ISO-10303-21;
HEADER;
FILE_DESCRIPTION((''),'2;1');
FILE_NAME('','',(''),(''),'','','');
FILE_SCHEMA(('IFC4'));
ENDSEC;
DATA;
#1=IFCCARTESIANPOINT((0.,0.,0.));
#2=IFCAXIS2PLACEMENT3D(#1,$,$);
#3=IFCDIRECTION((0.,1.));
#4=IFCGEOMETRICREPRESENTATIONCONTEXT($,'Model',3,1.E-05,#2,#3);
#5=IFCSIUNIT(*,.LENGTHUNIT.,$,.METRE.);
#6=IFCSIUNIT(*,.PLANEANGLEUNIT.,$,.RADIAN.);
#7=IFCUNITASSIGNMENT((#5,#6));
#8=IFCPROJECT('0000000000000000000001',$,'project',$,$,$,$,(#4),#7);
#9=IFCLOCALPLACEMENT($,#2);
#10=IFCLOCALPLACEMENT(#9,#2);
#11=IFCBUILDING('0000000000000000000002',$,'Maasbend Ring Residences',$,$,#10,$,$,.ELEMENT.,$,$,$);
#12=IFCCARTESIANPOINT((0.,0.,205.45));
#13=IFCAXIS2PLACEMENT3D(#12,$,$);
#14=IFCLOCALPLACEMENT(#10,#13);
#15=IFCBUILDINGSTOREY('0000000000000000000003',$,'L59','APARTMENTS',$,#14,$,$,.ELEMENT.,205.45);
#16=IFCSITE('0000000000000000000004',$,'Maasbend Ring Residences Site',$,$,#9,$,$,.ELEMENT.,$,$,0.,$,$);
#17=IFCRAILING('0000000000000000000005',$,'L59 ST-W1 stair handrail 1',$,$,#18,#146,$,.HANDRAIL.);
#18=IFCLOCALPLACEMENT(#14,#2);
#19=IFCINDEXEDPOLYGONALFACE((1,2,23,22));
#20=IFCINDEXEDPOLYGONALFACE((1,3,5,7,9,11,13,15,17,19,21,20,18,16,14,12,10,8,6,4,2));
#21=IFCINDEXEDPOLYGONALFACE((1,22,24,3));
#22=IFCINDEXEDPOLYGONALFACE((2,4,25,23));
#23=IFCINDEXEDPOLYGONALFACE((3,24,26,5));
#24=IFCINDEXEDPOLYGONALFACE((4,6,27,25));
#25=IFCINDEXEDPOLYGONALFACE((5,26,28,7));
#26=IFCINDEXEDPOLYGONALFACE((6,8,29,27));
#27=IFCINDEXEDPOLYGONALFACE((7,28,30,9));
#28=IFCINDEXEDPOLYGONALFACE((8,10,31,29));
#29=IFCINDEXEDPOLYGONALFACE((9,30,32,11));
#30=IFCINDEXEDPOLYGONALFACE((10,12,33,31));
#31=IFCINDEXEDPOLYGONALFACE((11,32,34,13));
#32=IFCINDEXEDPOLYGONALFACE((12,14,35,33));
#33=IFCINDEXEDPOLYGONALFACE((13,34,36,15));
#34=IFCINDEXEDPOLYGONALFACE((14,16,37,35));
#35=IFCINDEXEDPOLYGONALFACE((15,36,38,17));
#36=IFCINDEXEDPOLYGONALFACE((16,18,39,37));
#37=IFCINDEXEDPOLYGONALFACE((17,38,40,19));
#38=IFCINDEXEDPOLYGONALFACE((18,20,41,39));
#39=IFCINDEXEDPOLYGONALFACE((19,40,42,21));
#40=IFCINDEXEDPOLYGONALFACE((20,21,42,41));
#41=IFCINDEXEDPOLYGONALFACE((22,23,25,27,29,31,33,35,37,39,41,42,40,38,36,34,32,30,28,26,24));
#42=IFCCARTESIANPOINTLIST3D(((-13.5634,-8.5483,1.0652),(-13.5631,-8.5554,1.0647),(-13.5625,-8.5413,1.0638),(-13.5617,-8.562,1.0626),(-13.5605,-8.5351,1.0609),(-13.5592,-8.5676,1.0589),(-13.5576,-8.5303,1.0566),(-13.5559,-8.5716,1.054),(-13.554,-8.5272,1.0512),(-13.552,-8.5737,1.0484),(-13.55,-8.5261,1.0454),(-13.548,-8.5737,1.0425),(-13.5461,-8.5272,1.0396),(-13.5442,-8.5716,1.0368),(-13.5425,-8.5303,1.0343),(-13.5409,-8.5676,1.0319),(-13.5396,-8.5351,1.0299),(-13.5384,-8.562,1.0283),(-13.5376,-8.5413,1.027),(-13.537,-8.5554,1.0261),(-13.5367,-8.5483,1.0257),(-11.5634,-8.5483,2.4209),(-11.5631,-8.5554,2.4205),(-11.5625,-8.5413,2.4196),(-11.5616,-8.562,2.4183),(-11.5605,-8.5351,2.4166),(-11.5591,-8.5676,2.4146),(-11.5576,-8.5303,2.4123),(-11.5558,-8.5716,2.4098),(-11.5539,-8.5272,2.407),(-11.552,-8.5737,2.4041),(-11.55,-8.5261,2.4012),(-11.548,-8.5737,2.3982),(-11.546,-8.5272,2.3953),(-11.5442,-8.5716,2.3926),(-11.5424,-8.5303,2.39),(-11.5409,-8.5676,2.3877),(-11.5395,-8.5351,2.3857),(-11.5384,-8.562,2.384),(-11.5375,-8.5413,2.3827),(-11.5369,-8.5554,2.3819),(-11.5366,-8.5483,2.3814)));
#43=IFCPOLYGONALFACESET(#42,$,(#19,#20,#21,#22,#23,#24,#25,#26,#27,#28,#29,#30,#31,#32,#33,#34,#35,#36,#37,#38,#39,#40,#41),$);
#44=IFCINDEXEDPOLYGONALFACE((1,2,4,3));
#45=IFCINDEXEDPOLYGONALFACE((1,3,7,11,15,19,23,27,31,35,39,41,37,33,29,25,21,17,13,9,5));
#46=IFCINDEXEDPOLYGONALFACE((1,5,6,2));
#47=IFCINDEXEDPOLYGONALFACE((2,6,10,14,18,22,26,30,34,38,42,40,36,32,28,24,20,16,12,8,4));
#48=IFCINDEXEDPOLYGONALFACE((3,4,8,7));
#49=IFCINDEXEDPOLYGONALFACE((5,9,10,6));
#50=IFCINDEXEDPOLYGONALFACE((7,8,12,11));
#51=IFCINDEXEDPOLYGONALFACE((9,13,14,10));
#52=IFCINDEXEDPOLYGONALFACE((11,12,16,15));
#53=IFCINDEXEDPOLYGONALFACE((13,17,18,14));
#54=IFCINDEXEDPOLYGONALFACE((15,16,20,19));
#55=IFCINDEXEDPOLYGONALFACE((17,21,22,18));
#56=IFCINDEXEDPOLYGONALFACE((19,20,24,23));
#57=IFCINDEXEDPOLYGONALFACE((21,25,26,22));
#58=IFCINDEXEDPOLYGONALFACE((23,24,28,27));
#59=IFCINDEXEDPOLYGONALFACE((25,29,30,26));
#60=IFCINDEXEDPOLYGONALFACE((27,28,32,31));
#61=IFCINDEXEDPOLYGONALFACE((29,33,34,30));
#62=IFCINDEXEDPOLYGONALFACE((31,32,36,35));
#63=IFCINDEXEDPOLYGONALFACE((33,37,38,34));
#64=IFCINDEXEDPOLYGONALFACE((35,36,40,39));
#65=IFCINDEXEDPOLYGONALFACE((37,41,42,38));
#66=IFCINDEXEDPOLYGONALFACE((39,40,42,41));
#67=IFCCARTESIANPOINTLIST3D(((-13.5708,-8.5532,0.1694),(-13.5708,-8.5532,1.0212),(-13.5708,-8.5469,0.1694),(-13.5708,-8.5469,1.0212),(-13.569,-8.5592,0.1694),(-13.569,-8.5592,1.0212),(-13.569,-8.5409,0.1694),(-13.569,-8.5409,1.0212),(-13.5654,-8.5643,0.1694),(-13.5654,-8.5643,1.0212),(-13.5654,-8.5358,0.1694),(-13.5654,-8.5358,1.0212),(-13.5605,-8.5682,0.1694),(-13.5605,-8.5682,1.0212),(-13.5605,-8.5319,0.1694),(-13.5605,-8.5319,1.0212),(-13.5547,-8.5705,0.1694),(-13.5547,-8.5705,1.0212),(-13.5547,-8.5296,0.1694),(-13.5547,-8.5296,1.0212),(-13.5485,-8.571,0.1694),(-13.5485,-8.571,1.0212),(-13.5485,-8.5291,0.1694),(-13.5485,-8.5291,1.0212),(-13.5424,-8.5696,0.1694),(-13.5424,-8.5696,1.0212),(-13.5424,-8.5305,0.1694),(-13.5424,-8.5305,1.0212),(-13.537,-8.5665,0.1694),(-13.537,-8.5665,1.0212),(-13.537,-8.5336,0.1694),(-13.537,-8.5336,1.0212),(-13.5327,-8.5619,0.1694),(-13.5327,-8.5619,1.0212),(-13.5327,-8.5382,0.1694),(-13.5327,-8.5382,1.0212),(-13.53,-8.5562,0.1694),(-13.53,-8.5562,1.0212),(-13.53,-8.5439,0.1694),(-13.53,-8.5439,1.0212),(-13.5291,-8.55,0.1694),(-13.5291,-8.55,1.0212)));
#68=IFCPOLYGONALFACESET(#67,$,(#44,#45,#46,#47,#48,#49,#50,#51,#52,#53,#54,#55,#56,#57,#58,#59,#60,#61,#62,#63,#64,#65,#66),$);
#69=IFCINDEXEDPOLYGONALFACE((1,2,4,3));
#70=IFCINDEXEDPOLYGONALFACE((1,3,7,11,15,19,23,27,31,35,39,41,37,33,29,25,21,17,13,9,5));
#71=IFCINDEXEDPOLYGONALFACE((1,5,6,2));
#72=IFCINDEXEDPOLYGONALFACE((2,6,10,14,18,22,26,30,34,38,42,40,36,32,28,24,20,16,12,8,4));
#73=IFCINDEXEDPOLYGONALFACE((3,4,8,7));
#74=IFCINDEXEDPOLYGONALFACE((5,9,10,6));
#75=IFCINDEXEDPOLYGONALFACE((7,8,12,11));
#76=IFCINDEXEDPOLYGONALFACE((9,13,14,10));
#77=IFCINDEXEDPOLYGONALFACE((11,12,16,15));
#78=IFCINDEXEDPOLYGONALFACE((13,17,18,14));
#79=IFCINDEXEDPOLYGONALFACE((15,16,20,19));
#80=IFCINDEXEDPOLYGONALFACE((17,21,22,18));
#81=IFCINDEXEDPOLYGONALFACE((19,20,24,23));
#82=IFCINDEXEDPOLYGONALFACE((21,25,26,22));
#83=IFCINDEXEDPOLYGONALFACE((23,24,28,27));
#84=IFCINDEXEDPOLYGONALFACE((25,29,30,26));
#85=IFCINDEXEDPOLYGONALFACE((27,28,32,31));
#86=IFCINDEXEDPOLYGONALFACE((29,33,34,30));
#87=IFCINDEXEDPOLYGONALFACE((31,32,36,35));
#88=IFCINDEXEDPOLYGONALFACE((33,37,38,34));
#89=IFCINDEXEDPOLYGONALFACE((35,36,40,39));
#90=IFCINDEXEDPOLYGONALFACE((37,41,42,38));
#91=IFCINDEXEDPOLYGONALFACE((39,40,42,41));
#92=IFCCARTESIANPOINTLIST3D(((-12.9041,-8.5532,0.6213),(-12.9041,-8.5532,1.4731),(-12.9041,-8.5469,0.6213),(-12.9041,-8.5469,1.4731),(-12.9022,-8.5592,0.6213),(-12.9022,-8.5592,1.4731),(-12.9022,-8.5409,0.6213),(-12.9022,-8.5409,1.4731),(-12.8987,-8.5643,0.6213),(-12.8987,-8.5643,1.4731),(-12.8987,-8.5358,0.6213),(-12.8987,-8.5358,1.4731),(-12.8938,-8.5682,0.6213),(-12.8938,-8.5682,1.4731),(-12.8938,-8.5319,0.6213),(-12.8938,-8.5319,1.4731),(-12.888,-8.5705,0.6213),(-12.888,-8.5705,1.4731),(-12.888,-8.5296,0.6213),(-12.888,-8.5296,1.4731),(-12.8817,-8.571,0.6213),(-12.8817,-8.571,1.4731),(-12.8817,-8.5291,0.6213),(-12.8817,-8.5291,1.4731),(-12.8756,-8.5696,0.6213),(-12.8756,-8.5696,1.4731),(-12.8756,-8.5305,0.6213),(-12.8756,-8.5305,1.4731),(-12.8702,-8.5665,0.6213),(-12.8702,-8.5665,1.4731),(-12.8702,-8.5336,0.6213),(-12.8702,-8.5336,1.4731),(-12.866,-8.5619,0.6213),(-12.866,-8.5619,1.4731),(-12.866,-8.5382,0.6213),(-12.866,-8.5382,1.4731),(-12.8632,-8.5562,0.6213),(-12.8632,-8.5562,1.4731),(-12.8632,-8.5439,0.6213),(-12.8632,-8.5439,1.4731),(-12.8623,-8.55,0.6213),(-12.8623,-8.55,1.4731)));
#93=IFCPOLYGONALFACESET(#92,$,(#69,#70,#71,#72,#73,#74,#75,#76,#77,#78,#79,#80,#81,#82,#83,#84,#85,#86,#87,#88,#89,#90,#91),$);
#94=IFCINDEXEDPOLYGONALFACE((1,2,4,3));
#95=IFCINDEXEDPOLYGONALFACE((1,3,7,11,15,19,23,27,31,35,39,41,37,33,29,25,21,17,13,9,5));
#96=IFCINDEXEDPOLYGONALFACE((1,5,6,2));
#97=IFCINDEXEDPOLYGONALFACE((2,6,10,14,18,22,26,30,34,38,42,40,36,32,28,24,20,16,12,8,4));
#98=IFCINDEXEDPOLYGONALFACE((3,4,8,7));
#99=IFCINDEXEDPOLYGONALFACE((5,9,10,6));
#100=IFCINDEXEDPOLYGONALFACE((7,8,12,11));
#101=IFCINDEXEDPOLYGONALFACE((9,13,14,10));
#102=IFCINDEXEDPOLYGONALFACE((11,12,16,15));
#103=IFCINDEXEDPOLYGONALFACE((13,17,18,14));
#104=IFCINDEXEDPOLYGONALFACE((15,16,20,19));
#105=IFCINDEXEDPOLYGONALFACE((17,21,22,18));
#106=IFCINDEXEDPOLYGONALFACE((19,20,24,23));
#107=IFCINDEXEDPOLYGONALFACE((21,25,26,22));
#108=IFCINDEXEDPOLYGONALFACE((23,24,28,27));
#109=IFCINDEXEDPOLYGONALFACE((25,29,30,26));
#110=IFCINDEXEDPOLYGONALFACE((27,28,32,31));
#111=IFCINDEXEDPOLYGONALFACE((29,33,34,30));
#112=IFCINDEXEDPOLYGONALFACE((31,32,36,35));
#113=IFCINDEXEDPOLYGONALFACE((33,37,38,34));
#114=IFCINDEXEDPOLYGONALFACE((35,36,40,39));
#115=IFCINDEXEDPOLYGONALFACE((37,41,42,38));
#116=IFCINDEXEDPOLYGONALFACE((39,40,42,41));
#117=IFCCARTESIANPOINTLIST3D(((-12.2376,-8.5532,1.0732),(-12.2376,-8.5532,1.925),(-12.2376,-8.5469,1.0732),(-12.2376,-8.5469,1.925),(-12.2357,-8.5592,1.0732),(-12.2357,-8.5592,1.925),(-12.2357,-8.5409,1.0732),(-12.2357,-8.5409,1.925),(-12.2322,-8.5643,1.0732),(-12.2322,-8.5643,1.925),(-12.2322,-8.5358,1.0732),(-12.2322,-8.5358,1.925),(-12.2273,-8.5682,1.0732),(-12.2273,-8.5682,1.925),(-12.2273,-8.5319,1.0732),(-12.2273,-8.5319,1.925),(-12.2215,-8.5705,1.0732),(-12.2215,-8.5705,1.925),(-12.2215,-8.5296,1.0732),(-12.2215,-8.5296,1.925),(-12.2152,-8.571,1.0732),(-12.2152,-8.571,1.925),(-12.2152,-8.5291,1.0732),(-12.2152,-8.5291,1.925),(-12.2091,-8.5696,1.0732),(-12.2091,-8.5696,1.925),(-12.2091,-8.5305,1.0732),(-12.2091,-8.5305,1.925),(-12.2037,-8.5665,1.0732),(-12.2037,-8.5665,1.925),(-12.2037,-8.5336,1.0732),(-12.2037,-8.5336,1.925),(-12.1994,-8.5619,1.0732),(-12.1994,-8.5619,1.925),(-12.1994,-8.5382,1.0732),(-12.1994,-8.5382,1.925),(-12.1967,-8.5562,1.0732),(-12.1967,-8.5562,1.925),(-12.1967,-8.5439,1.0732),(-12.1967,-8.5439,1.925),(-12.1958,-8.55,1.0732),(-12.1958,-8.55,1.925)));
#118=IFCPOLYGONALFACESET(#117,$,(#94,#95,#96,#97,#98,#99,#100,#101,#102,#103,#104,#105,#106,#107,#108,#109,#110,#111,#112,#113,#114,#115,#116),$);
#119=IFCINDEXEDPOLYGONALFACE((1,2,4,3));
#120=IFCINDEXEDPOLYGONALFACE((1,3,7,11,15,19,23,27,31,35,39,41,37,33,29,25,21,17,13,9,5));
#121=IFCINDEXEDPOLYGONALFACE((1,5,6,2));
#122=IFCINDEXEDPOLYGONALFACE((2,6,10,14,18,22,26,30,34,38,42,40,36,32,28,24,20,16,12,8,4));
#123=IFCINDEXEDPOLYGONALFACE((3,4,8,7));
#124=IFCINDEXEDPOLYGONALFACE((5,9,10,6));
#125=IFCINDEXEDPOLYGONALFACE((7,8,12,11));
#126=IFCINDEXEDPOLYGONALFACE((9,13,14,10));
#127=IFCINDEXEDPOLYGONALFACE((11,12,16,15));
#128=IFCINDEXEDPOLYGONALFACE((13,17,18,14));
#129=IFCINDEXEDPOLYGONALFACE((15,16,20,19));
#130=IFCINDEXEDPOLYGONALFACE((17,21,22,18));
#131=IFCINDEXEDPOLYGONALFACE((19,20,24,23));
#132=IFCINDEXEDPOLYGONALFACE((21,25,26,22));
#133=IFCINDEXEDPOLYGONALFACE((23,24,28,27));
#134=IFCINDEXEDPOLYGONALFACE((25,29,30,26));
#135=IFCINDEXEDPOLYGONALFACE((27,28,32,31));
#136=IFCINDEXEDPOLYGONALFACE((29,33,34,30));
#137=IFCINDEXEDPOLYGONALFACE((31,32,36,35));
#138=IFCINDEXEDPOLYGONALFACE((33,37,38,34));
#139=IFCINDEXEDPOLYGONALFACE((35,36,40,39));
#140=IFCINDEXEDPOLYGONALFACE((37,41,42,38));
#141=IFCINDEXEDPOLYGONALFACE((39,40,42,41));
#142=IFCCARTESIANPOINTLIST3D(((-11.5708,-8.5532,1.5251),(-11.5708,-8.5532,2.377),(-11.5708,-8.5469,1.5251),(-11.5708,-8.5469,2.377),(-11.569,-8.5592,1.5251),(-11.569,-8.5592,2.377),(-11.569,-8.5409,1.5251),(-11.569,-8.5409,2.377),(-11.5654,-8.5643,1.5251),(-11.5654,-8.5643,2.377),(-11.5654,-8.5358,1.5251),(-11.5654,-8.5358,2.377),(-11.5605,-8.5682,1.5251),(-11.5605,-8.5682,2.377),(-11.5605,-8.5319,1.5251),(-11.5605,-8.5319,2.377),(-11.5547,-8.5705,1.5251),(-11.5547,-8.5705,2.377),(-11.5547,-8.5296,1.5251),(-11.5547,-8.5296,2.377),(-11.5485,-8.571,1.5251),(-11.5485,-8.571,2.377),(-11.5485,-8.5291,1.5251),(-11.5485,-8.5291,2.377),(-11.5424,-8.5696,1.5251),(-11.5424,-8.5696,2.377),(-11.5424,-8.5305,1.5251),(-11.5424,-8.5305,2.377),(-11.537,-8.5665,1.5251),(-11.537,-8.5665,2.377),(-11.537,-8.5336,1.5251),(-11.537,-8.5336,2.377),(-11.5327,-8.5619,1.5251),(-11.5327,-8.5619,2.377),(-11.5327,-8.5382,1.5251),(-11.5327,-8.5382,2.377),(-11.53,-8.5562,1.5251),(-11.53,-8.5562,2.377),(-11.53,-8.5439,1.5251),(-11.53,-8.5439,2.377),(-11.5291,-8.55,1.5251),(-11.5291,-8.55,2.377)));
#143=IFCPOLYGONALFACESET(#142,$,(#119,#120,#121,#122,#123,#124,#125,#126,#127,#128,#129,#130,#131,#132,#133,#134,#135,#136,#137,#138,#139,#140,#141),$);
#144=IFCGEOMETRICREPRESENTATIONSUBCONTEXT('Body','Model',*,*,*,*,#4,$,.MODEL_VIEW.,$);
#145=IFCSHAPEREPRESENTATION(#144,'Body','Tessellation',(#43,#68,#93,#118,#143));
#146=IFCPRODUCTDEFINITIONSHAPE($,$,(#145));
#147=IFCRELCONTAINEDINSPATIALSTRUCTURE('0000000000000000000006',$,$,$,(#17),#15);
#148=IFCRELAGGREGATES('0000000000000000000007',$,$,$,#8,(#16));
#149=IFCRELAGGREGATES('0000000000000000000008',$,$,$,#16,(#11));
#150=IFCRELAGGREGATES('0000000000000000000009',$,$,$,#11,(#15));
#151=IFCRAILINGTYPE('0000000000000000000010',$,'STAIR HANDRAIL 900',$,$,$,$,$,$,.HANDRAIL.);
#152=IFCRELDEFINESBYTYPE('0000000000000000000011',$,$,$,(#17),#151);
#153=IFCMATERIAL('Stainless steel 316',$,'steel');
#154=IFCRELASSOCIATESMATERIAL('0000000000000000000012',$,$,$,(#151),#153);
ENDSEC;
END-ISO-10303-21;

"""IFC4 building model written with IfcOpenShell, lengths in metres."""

from ifc_helpers import new_model, si_unit, direction, frame, origin, origin_2d, place, context, subcontext, project, spatial, circle, extrude, material, type_object, element, save


model = new_model("IFC4")

# Units and contexts
model_context = context("Model", 3, precision=1e-05, world=origin(), true_north=direction((0.0, 1.0)))
body_context = subcontext(model_context, "Body", "Model", "MODEL_VIEW")
ifc_project = project(units=[si_unit("LENGTHUNIT", "METRE"), si_unit("PLANEANGLEUNIT", "RADIAN")], contexts=[model_context])

# Site, building, storey
site_placement = place(None, origin())
site = spatial("IfcSite", under=ifc_project, at=site_placement, Name="Maasbend Ring Residences Site", CompositionType="ELEMENT", RefElevation=0.0)
building_placement = place(site_placement, origin())
building = spatial("IfcBuilding", under=site, at=building_placement, Name="Maasbend Ring Residences", CompositionType="ELEMENT")
storey_placement = place(building_placement, frame((0.0, 0.0, 205.45)))
storey = spatial("IfcBuildingStorey", under=building, at=storey_placement, Name="L59", Description="APARTMENTS", CompositionType="ELEMENT", Elevation=205.45)

# Railing
ifc_material_1 = material(Name="Stainless steel 316", Category="steel")
railing_type_1 = type_object("IfcRailingType", Name="STAIR HANDRAIL 900", PredefinedType="HANDRAIL", material=ifc_material_1)
railing_1_placement = place(storey_placement, frame((-13.55, -8.55, 0.1694)))
element("IfcRailing", 1, at=railing_1_placement, inside=storey, type_object=railing_type_1, Name="L59 ST-W1 stair handrail 1", PredefinedType="HANDRAIL", context=body_context, shape_type="SweptSolid", body=[
    extrude(circle(Radius=0.0239, at=origin_2d()), frame((0.0, 0.0, 0.876), z_axis=(0.827751, 0.0, 0.561096), x_axis=(0.0, 1.0, 0.0)), (0.0, 0.0, 1.0), 2.4163),
    extrude(circle(Radius=0.021, at=origin_2d()), origin(), (0.0, 0.0, 1.0), 0.8518),
    extrude(circle(Radius=0.021, at=origin_2d()), frame((0.6667, 0.0, 0.4519)), (0.0, 0.0, 1.0), 0.8518),
    extrude(circle(Radius=0.021, at=origin_2d()), frame((1.3333, 0.0, 0.9038)), (0.0, 0.0, 1.0), 0.8518),
    extrude(circle(Radius=0.021, at=origin_2d()), frame((2.0, 0.0, 1.3557)), (0.0, 0.0, 1.0), 0.8518),
])

save(model, "model.ifc")
